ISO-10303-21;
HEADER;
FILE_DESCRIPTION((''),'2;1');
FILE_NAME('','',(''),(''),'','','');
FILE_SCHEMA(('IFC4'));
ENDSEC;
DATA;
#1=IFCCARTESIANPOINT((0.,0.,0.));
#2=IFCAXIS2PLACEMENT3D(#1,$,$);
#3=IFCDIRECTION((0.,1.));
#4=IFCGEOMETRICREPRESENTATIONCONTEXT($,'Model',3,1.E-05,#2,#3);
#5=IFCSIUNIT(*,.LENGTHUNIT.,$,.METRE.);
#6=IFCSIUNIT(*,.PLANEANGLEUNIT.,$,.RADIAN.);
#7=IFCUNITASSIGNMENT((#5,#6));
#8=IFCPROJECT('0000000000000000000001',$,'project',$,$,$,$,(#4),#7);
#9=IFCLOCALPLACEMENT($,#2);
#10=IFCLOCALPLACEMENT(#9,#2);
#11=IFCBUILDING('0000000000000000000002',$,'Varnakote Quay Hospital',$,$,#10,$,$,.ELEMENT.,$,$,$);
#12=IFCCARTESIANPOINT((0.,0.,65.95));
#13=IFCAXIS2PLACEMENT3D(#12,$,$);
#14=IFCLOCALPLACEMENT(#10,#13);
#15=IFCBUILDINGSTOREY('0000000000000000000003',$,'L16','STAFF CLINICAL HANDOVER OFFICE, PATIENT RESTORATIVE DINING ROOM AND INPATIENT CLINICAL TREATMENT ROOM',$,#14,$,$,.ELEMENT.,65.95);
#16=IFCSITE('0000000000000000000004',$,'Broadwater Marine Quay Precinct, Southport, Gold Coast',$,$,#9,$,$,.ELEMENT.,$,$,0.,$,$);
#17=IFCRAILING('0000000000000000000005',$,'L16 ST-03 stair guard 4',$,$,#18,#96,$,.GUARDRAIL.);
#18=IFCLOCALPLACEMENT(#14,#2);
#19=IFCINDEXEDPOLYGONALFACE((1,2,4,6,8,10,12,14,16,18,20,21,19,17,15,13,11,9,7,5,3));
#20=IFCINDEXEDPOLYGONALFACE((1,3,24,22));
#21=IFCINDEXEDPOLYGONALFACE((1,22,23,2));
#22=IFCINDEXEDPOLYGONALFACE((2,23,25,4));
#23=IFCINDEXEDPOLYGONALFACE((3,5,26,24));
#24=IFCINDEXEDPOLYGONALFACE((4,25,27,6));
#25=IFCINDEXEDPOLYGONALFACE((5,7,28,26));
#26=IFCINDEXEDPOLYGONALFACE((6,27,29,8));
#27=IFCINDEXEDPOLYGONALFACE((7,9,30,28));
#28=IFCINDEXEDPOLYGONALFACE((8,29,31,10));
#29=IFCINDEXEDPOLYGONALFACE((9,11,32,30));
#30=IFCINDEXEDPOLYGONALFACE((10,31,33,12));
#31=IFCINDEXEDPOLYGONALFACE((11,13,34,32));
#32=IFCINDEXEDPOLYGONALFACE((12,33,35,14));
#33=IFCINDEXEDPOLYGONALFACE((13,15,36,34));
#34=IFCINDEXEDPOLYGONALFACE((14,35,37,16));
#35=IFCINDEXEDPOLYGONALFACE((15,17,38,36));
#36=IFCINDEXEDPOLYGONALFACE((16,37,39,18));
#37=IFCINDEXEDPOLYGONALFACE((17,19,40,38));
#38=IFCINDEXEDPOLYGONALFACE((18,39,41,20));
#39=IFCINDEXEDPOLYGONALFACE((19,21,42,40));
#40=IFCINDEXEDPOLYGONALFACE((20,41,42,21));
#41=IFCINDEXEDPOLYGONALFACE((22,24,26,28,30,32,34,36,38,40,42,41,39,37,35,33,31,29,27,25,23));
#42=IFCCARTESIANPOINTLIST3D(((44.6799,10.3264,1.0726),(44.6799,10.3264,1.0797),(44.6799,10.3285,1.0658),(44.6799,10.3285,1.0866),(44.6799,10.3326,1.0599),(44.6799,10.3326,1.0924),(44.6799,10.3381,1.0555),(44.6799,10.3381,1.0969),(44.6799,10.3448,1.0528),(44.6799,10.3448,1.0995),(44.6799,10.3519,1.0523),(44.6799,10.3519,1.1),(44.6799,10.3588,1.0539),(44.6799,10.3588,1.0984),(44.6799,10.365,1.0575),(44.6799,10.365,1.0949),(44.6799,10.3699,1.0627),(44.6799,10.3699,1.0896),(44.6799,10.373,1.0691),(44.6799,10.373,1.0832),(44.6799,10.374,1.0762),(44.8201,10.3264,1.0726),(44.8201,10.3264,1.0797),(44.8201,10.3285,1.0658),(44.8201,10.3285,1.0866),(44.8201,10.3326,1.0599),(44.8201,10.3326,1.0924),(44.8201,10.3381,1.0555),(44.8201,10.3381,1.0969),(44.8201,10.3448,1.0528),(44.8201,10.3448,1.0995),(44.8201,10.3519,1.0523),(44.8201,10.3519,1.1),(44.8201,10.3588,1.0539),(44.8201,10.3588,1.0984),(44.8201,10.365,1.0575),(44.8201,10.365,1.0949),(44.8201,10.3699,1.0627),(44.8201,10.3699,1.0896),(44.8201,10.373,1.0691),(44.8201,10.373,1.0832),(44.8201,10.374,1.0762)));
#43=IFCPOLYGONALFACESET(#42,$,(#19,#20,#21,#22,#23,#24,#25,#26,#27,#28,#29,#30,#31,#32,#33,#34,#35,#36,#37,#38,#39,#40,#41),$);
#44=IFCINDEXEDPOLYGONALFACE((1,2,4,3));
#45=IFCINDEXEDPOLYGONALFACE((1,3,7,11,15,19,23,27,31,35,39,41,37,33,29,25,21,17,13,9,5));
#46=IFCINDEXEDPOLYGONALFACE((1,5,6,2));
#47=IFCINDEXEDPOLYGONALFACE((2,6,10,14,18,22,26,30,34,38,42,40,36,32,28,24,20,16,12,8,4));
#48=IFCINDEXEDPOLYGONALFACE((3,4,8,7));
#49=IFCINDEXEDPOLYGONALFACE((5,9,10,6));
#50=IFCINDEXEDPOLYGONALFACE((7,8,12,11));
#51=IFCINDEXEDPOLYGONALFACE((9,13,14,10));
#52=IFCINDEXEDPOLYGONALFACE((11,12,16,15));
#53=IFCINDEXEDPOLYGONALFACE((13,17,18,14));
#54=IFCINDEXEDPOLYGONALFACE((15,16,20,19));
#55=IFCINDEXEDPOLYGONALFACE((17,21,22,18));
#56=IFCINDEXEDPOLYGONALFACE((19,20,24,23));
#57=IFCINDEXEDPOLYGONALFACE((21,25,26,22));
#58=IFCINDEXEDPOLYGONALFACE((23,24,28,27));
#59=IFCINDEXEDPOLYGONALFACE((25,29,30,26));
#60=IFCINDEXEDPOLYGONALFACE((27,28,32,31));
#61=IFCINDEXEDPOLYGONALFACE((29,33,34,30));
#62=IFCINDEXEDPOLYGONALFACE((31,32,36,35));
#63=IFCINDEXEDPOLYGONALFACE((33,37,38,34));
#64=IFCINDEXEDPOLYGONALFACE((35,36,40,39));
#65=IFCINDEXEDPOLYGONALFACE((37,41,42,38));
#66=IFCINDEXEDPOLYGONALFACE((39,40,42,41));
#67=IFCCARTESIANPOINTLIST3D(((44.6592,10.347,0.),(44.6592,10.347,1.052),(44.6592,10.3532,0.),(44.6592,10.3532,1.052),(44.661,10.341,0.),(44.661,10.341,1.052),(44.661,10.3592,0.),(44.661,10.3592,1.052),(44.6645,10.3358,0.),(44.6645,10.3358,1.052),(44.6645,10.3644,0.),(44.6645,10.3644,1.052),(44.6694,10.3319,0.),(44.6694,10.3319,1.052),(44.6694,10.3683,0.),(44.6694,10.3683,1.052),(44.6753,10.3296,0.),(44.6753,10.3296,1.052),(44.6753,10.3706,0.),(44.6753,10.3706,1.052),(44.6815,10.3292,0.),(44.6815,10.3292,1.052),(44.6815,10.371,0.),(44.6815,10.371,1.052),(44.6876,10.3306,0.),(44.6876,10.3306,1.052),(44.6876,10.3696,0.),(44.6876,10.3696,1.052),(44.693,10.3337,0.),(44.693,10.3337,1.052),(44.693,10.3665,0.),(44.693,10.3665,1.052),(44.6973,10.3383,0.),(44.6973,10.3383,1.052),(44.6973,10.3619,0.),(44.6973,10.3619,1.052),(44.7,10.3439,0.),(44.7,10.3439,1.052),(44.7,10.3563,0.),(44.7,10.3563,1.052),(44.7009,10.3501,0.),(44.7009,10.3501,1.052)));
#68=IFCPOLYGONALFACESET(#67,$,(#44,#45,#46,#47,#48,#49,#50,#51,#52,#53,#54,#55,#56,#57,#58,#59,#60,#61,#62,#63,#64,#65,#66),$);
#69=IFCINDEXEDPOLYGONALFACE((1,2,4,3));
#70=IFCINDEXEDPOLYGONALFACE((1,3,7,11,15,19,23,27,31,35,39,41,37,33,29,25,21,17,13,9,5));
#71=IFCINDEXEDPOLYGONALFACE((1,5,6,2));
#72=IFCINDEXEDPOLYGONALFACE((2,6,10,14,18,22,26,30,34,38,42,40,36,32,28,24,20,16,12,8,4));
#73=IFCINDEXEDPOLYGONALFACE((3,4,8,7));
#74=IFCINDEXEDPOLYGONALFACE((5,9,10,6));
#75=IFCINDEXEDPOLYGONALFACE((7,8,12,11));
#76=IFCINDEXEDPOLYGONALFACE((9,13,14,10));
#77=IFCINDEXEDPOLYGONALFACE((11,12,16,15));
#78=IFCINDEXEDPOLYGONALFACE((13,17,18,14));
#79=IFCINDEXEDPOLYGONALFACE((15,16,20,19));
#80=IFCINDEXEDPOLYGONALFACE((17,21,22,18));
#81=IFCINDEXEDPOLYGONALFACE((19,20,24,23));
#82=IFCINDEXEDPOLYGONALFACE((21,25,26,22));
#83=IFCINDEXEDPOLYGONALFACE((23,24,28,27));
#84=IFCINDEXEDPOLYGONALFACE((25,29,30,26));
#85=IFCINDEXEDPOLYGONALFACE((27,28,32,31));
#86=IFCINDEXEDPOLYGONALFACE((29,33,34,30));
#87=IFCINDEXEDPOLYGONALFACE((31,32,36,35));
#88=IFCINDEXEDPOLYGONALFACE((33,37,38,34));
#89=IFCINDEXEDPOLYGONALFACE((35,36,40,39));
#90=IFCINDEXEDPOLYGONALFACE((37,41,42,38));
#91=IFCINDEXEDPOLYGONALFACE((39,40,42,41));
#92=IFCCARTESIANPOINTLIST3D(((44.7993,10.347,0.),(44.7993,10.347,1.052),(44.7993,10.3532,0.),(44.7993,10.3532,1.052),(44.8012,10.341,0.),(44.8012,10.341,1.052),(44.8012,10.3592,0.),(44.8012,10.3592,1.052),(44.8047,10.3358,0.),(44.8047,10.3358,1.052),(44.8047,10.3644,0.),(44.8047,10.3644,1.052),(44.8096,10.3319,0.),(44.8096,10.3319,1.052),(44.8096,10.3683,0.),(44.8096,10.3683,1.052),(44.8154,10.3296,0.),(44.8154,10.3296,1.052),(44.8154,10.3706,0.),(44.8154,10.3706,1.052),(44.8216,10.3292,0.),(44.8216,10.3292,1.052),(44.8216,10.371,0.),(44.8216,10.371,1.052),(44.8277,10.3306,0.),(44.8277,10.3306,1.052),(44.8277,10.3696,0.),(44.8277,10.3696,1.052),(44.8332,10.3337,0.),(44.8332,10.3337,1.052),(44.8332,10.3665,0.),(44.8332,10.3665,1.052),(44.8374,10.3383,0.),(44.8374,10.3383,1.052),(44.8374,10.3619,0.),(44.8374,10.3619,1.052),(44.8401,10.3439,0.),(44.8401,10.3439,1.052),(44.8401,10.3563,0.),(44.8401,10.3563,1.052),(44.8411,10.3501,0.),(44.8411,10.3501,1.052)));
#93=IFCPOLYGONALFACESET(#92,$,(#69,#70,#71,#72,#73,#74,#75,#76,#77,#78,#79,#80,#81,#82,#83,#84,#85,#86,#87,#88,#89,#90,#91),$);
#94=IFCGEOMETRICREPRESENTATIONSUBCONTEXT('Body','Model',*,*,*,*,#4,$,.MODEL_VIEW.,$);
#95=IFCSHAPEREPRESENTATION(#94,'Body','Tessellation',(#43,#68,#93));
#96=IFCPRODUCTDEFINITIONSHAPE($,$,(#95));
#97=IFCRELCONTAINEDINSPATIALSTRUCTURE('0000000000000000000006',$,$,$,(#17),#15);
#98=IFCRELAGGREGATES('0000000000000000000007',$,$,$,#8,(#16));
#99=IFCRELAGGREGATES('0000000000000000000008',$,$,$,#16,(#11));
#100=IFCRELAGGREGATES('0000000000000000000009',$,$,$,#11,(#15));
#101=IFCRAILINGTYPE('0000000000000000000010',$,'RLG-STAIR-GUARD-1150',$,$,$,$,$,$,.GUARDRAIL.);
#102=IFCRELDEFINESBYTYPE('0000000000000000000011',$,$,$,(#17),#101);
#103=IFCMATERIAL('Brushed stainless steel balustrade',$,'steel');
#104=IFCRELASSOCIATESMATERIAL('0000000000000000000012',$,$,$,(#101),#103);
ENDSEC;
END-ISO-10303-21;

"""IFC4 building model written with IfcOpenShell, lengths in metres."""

from ifc_helpers import new_model, si_unit, direction, frame, origin, origin_2d, place, context, subcontext, project, spatial, circle, extrude, material, type_object, element, save


model = new_model("IFC4")

# Units and contexts
model_context = context("Model", 3, precision=1e-05, world=origin(), true_north=direction((0.0, 1.0)))
body_context = subcontext(model_context, "Body", "Model", "MODEL_VIEW")
ifc_project = project(units=[si_unit("LENGTHUNIT", "METRE"), si_unit("PLANEANGLEUNIT", "RADIAN")], contexts=[model_context])

# Site, building, storey
site_placement = place(None, origin())
site = spatial("IfcSite", under=ifc_project, at=site_placement, Name="Broadwater Marine Quay Precinct, Southport, Gold Coast", CompositionType="ELEMENT", RefElevation=0.0)
building_placement = place(site_placement, origin())
building = spatial("IfcBuilding", under=site, at=building_placement, Name="Varnakote Quay Hospital", CompositionType="ELEMENT")
storey_placement = place(building_placement, frame((0.0, 0.0, 65.95)))
storey = spatial("IfcBuildingStorey", under=building, at=storey_placement, Name="L16", Description="STAFF CLINICAL HANDOVER OFFICE, PATIENT RESTORATIVE DINING ROOM AND INPATIENT CLINICAL TREATMENT ROOM", CompositionType="ELEMENT", Elevation=65.95)

# Railing
ifc_material_1 = material(Name="Brushed stainless steel balustrade", Category="steel")
railing_type_1 = type_object("IfcRailingType", Name="RLG-STAIR-GUARD-1150", PredefinedType="GUARDRAIL", material=ifc_material_1)
railing_1_placement = place(storey_placement, frame((44.6799, 10.3501, 0.0)))
element("IfcRailing", 1, at=railing_1_placement, inside=storey, type_object=railing_type_1, Name="L16 ST-03 stair guard 4", PredefinedType="GUARDRAIL", context=body_context, shape_type="SweptSolid", body=[
    extrude(circle(Radius=0.0239, at=origin_2d()), frame((0.0, 0.0, 1.0762), z_axis=(1.0, 0.0, 0.0), x_axis=(0.0, 1.0, 0.0)), (0.0, 0.0, 1.0), 0.1401),
    extrude(circle(Radius=0.021, at=origin_2d()), origin(), (0.0, 0.0, 1.0), 1.052),
    extrude(circle(Radius=0.021, at=origin_2d()), frame((0.1401, 0.0, 0.0)), (0.0, 0.0, 1.0), 1.052),
])

save(model, "model.ifc")
